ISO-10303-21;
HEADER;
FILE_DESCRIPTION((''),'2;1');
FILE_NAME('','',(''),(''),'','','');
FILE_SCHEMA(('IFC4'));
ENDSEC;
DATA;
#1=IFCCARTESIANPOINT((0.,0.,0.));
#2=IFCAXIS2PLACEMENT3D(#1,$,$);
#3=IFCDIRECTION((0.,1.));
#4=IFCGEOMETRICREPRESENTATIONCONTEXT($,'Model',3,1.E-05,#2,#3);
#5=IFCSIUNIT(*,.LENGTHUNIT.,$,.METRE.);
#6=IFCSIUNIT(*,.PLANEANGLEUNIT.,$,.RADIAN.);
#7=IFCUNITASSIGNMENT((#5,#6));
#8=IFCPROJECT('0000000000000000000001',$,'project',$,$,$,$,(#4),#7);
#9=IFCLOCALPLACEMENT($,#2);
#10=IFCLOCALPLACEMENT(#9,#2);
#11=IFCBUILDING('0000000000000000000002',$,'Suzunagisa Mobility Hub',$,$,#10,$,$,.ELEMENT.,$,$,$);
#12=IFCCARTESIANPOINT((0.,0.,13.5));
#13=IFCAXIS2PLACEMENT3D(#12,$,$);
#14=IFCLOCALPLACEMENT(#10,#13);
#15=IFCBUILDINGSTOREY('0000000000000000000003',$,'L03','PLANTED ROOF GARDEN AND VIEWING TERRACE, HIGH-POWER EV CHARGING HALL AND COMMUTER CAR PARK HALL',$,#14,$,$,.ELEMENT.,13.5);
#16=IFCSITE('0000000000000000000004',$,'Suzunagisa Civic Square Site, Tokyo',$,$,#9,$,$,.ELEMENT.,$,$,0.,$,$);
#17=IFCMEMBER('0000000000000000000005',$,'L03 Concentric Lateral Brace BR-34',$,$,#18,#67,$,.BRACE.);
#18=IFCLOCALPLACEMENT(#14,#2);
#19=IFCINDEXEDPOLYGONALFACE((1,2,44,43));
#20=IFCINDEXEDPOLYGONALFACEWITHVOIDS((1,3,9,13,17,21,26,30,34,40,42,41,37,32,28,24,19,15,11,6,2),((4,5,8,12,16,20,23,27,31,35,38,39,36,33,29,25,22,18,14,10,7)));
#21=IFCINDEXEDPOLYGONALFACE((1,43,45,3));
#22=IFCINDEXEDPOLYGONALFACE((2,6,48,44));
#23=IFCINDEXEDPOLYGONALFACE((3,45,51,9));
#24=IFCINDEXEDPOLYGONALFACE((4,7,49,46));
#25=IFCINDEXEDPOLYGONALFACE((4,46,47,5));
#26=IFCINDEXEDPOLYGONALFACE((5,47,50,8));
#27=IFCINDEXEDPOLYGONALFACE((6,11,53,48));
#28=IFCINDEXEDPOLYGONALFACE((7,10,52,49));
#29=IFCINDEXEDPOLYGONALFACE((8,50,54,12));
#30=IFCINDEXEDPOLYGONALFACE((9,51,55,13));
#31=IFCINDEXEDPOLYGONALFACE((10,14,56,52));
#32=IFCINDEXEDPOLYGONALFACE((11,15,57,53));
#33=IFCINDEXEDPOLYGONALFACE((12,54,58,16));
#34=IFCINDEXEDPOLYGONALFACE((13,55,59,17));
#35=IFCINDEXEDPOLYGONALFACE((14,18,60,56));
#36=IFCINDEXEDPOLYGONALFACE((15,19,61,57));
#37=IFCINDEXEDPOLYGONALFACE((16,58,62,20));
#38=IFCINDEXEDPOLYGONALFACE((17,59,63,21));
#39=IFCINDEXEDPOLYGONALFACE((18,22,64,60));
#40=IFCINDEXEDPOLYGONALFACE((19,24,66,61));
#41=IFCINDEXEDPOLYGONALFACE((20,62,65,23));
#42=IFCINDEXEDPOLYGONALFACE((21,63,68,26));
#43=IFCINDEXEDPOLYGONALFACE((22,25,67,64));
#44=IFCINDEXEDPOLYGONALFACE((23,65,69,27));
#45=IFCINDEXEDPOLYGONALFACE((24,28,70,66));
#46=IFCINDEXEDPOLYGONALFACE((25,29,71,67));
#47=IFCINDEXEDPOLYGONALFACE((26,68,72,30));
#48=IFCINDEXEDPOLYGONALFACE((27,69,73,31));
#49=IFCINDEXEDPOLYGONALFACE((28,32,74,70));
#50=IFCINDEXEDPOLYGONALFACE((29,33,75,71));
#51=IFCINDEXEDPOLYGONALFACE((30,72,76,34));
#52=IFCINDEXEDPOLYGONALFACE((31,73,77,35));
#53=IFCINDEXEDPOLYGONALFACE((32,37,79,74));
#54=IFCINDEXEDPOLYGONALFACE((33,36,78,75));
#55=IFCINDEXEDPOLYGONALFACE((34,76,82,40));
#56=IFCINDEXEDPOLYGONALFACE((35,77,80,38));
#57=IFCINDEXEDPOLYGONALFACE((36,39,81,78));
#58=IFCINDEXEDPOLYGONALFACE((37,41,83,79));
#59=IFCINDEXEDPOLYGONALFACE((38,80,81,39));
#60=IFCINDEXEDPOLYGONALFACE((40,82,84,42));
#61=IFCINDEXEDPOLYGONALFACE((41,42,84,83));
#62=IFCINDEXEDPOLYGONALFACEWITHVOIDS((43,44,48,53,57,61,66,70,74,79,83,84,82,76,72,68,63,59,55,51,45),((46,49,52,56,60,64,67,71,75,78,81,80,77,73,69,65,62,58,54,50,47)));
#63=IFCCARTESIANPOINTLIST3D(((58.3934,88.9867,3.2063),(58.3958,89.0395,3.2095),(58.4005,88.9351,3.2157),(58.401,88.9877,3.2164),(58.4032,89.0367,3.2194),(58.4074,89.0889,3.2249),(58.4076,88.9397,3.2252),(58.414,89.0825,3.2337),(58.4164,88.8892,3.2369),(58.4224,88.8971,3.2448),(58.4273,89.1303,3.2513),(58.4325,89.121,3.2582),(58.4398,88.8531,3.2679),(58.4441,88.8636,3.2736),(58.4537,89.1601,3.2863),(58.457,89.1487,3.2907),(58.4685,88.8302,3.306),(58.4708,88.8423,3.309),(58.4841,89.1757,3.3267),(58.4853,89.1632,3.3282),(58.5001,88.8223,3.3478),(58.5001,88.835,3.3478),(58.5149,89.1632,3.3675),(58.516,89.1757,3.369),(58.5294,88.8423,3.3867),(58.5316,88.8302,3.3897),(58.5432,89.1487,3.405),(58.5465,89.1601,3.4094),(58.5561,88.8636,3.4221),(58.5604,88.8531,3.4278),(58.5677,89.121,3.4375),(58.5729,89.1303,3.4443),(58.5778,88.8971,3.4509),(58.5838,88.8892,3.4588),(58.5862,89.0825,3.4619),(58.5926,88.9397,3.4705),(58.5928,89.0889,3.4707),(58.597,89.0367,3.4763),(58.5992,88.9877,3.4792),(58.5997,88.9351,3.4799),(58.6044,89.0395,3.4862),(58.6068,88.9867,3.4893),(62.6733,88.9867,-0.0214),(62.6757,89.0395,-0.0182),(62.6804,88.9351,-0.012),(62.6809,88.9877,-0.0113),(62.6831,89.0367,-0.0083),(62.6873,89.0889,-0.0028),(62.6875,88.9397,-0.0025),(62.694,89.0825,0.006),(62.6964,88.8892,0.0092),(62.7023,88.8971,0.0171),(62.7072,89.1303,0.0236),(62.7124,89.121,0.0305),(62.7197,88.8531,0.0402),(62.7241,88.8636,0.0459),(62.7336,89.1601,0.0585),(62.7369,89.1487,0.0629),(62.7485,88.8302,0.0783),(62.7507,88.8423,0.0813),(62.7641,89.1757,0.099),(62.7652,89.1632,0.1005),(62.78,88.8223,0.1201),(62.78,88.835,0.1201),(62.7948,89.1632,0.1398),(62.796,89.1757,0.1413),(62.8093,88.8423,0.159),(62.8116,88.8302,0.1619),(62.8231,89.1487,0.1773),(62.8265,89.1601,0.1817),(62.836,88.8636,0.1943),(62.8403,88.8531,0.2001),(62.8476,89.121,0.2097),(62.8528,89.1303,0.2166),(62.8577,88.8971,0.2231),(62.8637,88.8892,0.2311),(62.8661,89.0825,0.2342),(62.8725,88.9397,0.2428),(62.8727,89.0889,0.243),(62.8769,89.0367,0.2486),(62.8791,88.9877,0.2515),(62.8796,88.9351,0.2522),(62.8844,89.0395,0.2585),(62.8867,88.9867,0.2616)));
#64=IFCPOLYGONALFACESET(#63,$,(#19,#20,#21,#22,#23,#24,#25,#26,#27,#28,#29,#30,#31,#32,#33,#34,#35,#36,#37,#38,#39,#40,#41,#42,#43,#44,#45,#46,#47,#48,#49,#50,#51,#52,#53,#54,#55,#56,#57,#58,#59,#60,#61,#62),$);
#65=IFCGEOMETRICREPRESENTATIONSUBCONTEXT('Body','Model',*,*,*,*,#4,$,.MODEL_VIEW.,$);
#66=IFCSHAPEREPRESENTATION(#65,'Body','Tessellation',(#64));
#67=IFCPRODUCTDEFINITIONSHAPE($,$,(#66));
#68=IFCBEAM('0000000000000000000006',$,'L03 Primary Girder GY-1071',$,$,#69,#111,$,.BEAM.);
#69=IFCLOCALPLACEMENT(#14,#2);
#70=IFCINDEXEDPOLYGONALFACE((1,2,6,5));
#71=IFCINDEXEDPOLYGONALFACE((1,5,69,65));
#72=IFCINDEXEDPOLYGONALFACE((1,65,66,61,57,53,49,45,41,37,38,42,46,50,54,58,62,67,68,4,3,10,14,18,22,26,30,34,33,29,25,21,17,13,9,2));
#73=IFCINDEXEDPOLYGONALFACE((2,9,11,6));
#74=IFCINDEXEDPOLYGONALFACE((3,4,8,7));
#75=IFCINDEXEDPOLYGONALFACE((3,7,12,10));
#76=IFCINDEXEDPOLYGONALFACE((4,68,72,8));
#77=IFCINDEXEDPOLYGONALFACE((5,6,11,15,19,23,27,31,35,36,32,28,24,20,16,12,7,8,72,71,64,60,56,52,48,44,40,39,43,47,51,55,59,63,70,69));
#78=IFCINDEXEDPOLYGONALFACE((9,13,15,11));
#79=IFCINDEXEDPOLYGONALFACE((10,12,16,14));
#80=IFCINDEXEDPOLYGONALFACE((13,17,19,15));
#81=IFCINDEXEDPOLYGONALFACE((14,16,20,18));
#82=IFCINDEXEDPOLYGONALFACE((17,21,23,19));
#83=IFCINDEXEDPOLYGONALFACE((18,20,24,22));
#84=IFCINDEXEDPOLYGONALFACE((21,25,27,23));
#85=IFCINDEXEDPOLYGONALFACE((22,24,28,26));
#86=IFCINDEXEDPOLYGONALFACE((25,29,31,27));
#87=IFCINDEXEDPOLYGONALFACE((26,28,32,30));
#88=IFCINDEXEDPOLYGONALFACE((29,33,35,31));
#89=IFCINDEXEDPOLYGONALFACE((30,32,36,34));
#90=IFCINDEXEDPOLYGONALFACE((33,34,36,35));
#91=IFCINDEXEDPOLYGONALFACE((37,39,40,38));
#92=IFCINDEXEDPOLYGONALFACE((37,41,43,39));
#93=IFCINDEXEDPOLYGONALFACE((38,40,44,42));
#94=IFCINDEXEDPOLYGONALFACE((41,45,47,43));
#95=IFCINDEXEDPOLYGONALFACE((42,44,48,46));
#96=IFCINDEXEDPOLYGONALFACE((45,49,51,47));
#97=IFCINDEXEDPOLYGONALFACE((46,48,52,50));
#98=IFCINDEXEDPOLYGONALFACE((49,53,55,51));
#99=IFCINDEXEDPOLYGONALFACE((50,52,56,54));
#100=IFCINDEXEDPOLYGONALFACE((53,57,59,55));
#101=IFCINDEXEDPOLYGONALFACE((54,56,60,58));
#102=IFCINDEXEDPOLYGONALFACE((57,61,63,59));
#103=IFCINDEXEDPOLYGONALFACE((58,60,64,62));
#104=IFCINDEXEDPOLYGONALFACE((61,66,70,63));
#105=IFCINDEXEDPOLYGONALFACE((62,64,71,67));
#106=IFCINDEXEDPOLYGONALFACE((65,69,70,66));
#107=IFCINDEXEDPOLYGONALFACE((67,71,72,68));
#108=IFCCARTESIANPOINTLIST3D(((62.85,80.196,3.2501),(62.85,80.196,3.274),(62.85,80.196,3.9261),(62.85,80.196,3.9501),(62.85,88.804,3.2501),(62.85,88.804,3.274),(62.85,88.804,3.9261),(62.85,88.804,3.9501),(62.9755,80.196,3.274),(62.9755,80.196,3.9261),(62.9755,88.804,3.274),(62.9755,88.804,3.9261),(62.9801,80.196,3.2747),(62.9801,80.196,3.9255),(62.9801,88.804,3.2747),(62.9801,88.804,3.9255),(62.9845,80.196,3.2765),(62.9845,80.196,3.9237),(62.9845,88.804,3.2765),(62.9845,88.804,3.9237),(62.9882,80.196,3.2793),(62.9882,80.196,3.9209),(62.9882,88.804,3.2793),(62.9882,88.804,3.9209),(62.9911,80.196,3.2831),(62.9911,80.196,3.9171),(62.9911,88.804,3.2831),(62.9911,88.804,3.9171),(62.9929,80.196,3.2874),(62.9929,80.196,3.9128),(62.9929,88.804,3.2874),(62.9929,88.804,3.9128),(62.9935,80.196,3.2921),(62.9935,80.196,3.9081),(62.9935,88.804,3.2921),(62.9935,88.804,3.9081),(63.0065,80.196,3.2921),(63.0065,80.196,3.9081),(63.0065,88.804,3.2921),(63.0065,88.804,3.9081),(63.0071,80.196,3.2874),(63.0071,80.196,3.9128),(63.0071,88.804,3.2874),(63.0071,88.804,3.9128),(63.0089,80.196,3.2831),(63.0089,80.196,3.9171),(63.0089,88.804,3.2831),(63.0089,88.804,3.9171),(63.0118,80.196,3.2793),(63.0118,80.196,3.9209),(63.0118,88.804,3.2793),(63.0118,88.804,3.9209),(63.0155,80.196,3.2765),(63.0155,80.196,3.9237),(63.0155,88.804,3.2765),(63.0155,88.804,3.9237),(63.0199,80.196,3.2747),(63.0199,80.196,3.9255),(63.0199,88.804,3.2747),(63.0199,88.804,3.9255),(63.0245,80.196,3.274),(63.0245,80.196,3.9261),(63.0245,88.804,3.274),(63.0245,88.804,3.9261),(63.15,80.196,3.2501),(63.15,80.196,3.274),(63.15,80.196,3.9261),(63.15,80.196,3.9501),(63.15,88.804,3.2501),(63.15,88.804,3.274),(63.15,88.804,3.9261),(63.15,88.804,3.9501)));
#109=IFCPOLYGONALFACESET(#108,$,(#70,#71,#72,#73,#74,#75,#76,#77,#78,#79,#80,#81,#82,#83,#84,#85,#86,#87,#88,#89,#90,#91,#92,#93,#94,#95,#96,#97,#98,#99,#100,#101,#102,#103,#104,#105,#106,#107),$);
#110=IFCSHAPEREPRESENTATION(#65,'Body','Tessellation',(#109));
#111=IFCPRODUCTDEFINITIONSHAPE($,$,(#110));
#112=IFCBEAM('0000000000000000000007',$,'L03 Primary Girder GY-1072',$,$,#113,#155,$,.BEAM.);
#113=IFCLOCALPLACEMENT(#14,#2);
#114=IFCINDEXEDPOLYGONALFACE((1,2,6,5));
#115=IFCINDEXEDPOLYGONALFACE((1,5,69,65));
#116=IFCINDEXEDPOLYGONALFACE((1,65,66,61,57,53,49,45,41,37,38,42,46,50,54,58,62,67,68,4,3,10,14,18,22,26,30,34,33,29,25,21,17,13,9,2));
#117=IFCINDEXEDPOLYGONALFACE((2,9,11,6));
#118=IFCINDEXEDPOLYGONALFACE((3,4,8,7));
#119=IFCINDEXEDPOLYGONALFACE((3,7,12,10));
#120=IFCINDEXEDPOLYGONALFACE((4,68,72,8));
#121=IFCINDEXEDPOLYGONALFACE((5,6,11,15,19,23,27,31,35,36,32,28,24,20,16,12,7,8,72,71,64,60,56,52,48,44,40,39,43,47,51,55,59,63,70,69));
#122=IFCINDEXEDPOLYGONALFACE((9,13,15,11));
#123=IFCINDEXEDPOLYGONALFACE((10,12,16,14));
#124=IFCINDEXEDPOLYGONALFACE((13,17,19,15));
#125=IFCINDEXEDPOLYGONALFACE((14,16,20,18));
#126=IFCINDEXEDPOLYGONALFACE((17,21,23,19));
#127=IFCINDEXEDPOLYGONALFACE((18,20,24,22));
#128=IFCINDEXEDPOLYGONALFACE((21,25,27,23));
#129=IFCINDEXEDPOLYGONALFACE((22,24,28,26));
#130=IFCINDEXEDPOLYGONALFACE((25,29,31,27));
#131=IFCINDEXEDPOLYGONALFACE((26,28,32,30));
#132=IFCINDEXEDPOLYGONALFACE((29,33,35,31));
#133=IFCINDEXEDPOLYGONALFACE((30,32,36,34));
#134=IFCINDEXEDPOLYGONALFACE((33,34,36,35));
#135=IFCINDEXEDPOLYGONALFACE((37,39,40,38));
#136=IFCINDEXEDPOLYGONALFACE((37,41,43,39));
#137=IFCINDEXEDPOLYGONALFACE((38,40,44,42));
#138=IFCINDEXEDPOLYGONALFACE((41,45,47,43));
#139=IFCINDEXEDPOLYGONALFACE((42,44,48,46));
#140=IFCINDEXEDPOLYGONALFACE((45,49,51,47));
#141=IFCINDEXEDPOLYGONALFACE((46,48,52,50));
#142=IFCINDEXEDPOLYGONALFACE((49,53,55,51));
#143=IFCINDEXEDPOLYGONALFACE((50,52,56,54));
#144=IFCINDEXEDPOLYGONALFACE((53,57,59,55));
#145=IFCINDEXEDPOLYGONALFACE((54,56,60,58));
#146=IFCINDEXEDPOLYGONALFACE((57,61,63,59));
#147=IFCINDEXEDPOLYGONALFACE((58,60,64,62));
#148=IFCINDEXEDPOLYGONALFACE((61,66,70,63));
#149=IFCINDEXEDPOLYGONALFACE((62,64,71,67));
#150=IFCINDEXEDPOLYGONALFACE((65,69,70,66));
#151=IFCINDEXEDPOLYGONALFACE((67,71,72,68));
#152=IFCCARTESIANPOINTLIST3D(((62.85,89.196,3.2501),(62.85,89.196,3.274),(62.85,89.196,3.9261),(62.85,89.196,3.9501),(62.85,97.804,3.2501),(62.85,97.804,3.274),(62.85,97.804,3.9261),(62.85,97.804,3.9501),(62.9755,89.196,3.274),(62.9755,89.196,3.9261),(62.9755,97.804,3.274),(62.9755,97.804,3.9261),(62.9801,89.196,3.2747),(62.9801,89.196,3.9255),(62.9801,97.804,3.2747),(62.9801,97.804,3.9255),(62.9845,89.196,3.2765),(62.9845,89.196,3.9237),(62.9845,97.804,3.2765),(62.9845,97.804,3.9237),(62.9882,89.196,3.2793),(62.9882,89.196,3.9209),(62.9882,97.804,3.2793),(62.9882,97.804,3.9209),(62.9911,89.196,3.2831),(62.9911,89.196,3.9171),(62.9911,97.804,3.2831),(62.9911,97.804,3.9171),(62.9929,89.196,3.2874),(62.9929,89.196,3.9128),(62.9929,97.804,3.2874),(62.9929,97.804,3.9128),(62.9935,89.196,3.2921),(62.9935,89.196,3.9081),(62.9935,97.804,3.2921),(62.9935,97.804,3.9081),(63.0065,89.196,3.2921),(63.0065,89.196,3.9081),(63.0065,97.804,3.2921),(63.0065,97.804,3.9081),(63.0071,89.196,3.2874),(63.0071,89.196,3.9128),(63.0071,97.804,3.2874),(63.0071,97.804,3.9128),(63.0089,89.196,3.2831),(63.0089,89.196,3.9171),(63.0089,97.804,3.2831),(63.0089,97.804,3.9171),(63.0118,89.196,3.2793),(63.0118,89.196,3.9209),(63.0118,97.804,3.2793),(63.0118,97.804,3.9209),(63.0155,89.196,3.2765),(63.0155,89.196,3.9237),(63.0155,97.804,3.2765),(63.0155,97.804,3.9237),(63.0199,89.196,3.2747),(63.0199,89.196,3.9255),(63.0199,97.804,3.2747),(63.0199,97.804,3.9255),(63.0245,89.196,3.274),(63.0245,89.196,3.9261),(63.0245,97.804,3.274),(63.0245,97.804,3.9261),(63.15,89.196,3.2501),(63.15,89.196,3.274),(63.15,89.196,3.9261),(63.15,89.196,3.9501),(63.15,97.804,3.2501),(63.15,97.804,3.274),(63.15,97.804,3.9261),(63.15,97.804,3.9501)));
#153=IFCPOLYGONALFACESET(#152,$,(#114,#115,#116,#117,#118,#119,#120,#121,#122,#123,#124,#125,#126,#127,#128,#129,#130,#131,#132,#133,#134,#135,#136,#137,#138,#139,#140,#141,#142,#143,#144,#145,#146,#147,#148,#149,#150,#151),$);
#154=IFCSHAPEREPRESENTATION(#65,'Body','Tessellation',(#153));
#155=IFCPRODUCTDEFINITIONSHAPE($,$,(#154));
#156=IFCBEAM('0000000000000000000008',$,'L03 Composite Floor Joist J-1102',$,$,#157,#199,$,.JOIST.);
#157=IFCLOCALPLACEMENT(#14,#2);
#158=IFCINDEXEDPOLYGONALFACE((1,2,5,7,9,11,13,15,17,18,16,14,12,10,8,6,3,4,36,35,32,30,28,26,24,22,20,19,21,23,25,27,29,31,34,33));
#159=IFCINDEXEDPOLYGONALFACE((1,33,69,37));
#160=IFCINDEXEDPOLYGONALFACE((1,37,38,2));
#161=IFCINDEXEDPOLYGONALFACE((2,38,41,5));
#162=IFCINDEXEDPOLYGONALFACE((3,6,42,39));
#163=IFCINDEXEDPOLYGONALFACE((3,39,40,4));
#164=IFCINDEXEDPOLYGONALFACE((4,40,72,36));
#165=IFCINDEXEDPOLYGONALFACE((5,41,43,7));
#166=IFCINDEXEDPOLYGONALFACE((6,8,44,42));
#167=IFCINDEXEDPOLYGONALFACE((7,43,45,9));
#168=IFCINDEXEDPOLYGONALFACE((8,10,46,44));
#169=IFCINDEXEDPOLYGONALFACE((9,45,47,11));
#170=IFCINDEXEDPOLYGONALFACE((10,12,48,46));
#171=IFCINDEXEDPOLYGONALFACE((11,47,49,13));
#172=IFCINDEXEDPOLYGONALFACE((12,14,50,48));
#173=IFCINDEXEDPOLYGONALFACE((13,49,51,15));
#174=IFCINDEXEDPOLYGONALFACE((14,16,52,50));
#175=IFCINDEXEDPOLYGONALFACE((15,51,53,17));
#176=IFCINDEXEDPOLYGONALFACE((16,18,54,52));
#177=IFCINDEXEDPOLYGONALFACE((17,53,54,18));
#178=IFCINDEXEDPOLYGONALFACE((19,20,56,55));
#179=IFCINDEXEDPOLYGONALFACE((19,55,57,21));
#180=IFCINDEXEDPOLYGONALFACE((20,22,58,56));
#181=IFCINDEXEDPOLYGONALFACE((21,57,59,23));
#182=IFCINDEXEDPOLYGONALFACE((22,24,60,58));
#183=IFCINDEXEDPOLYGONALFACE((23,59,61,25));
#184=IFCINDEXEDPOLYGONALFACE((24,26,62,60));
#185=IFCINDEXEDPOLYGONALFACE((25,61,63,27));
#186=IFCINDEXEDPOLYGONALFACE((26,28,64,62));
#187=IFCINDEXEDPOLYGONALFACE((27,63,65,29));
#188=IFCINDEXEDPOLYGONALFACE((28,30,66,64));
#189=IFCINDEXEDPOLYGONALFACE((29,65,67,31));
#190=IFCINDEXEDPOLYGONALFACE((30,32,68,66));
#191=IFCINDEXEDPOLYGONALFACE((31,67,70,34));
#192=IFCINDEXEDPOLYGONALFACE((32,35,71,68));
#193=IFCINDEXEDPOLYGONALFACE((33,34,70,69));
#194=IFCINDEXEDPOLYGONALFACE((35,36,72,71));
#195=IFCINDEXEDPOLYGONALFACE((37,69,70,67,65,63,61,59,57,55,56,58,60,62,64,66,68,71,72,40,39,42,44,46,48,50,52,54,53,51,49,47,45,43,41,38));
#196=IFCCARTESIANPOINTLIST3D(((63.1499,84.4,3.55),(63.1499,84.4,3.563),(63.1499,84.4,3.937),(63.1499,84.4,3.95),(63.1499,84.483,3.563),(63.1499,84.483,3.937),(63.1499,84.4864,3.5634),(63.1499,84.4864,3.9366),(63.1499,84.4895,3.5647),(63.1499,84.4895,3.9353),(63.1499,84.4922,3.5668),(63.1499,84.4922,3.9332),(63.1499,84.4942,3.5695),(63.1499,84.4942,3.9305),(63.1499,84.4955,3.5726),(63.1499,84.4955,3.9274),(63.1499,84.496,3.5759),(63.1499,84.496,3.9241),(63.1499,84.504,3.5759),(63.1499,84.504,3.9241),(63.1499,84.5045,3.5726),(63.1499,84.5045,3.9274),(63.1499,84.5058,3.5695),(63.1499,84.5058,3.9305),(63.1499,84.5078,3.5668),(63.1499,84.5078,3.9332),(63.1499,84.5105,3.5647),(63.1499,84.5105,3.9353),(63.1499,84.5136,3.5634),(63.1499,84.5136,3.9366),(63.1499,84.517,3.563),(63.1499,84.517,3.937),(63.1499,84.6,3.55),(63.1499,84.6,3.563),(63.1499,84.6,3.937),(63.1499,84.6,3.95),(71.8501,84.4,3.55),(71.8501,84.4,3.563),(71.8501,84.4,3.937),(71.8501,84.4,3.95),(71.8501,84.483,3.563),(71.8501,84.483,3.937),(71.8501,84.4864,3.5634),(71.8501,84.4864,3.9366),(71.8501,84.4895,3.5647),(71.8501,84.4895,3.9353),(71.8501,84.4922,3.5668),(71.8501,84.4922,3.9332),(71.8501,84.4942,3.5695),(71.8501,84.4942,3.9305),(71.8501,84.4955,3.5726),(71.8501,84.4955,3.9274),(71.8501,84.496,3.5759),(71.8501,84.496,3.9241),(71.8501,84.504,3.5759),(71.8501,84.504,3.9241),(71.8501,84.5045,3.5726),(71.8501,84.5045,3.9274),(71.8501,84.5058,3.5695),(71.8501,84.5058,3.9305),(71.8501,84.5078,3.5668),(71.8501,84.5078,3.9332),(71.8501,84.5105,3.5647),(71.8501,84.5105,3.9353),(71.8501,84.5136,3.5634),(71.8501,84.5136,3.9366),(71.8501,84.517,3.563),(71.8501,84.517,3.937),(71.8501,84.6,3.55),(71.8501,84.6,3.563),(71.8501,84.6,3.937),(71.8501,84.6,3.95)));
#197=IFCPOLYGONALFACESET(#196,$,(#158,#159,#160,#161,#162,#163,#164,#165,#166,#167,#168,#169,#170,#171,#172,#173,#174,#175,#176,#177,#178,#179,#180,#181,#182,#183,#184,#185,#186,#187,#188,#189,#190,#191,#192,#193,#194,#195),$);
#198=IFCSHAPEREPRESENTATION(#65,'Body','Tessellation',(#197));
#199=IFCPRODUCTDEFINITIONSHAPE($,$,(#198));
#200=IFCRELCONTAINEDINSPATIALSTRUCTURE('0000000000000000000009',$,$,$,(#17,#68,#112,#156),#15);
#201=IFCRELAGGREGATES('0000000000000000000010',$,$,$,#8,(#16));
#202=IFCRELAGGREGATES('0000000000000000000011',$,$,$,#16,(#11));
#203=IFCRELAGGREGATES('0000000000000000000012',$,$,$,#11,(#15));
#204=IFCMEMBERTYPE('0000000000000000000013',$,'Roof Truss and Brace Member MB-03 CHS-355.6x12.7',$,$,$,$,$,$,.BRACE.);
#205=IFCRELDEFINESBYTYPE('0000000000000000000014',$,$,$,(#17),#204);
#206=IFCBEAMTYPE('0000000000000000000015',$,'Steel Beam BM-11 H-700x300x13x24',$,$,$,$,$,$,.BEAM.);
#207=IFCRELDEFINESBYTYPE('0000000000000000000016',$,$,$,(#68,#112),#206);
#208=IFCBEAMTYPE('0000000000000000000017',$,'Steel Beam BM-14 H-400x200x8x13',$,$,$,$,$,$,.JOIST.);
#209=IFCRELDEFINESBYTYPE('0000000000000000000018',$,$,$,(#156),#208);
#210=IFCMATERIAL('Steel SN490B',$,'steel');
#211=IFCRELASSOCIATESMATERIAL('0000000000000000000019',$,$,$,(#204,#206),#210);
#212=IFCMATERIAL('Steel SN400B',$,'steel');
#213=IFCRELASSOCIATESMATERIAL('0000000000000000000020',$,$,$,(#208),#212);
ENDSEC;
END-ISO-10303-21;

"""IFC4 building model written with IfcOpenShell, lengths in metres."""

from ifc_helpers import new_model, si_unit, direction, frame, origin, origin_2d, place, context, subcontext, project, spatial, hollow_circle, i_section, extrude, material, material_profile, profile_set, type_object, element, save


model = new_model("IFC4")

# Units and contexts
model_context = context("Model", 3, precision=1e-05, world=origin(), true_north=direction((0.0, 1.0)))
body_context = subcontext(model_context, "Body", "Model", "MODEL_VIEW")
ifc_project = project(units=[si_unit("LENGTHUNIT", "METRE"), si_unit("PLANEANGLEUNIT", "RADIAN")], contexts=[model_context])

# Site, building, storey
site_placement = place(None, origin())
site = spatial("IfcSite", under=ifc_project, at=site_placement, Name="Suzunagisa Civic Square Site, Tokyo", CompositionType="ELEMENT", RefElevation=0.0)
building_placement = place(site_placement, origin())
building = spatial("IfcBuilding", under=site, at=building_placement, Name="Suzunagisa Mobility Hub", CompositionType="ELEMENT")
storey_placement = place(building_placement, frame((0.0, 0.0, 13.5)))
storey = spatial("IfcBuildingStorey", under=building, at=storey_placement, Name="L03", Description="PLANTED ROOF GARDEN AND VIEWING TERRACE, HIGH-POWER EV CHARGING HALL AND COMMUTER CAR PARK HALL", CompositionType="ELEMENT", Elevation=13.5)

# Shared definitions
ifc_material_1 = material(Name="Steel SN490B", Category="steel")

# Member
ifc_material_profile_1 = material_profile(ifc_material_1, hollow_circle(Radius=0.1777, WallThickness=0.0127, at=origin_2d()), Name="CHS-355.6x12.7")
ifc_profile_set_1 = profile_set([ifc_material_profile_1], Name="Steel SN490B")
member_type_1 = type_object("IfcMemberType", Name="Roof Truss and Brace Member MB-03 CHS-355.6x12.7", PredefinedType="BRACE", material=ifc_profile_set_1)
member_1_placement = place(storey_placement, frame((62.78, 89.0, 0.1201), z_axis=(-0.798407, 0.0, 0.602118), x_axis=(0.0, -1.0, 0.0)))
element("IfcMember", 1, at=member_1_placement, inside=storey, type_object=member_type_1, Name="L03 Concentric Lateral Brace BR-34", PredefinedType="BRACE", context=body_context, shape_type="SweptSolid", body=[
    extrude(hollow_circle(Radius=0.1777, WallThickness=0.0127, at=origin_2d()), origin(), (0.0, 0.0, 1.0), 5.3606),
])

# Beams
ifc_material_profile_2 = material_profile(ifc_material_1, i_section(OverallWidth=0.3, OverallDepth=0.7, WebThickness=0.0129, FlangeThickness=0.0239, FilletRadius=0.0181, at=origin_2d()), Name="H-700x300x13x24")
ifc_profile_set_2 = profile_set([ifc_material_profile_2], Name="Steel SN490B")
beam_type_1 = type_object("IfcBeamType", Name="Steel Beam BM-11 H-700x300x13x24", PredefinedType="BEAM", material=ifc_profile_set_2)
for number, where, z_axis, x_axis, name in (
    (2, (63.0, 80.196, 3.6001), (0.0, 1.0, 0.0), (-1.0, 0.0, 0.0), "L03 Primary Girder GY-1071"),
    (3, (63.0, 89.196, 3.6001), (0.0, 1.0, 0.0), (-1.0, 0.0, 0.0), "L03 Primary Girder GY-1072"),
):
    element("IfcBeam", number, at=place(storey_placement, frame(where, z_axis=z_axis, x_axis=x_axis)), inside=storey, type_object=beam_type_1, Name=name, PredefinedType="BEAM", context=body_context, shape_type="SweptSolid", body=[
        extrude(i_section(OverallWidth=0.3, OverallDepth=0.7, WebThickness=0.0129, FlangeThickness=0.0239, FilletRadius=0.0181, at=origin_2d()), origin(), (0.0, 0.0, 1.0), 8.6079),
    ])
ifc_material_2 = material(Name="Steel SN400B", Category="steel")
ifc_material_profile_3 = material_profile(ifc_material_2, i_section(OverallWidth=0.2, OverallDepth=0.3999, WebThickness=0.0081, FlangeThickness=0.0129, FilletRadius=0.0129, at=origin_2d()), Name="H-400x200x8x13")
ifc_profile_set_3 = profile_set([ifc_material_profile_3], Name="Steel SN400B")
beam_type_2 = type_object("IfcBeamType", Name="Steel Beam BM-14 H-400x200x8x13", PredefinedType="JOIST", material=ifc_profile_set_3)
beam_placement = place(storey_placement, frame((63.1499, 84.5, 3.75), z_axis=(1.0, 0.0, 0.0), x_axis=(0.0, 1.0, 0.0)))
element("IfcBeam", 4, at=beam_placement, inside=storey, type_object=beam_type_2, Name="L03 Composite Floor Joist J-1102", PredefinedType="JOIST", context=body_context, shape_type="SweptSolid", body=[
    extrude(i_section(OverallWidth=0.2, OverallDepth=0.3999, WebThickness=0.0081, FlangeThickness=0.0129, FilletRadius=0.0129, at=origin_2d()), origin(), (0.0, 0.0, 1.0), 8.7002),
])

save(model, "model.ifc")
